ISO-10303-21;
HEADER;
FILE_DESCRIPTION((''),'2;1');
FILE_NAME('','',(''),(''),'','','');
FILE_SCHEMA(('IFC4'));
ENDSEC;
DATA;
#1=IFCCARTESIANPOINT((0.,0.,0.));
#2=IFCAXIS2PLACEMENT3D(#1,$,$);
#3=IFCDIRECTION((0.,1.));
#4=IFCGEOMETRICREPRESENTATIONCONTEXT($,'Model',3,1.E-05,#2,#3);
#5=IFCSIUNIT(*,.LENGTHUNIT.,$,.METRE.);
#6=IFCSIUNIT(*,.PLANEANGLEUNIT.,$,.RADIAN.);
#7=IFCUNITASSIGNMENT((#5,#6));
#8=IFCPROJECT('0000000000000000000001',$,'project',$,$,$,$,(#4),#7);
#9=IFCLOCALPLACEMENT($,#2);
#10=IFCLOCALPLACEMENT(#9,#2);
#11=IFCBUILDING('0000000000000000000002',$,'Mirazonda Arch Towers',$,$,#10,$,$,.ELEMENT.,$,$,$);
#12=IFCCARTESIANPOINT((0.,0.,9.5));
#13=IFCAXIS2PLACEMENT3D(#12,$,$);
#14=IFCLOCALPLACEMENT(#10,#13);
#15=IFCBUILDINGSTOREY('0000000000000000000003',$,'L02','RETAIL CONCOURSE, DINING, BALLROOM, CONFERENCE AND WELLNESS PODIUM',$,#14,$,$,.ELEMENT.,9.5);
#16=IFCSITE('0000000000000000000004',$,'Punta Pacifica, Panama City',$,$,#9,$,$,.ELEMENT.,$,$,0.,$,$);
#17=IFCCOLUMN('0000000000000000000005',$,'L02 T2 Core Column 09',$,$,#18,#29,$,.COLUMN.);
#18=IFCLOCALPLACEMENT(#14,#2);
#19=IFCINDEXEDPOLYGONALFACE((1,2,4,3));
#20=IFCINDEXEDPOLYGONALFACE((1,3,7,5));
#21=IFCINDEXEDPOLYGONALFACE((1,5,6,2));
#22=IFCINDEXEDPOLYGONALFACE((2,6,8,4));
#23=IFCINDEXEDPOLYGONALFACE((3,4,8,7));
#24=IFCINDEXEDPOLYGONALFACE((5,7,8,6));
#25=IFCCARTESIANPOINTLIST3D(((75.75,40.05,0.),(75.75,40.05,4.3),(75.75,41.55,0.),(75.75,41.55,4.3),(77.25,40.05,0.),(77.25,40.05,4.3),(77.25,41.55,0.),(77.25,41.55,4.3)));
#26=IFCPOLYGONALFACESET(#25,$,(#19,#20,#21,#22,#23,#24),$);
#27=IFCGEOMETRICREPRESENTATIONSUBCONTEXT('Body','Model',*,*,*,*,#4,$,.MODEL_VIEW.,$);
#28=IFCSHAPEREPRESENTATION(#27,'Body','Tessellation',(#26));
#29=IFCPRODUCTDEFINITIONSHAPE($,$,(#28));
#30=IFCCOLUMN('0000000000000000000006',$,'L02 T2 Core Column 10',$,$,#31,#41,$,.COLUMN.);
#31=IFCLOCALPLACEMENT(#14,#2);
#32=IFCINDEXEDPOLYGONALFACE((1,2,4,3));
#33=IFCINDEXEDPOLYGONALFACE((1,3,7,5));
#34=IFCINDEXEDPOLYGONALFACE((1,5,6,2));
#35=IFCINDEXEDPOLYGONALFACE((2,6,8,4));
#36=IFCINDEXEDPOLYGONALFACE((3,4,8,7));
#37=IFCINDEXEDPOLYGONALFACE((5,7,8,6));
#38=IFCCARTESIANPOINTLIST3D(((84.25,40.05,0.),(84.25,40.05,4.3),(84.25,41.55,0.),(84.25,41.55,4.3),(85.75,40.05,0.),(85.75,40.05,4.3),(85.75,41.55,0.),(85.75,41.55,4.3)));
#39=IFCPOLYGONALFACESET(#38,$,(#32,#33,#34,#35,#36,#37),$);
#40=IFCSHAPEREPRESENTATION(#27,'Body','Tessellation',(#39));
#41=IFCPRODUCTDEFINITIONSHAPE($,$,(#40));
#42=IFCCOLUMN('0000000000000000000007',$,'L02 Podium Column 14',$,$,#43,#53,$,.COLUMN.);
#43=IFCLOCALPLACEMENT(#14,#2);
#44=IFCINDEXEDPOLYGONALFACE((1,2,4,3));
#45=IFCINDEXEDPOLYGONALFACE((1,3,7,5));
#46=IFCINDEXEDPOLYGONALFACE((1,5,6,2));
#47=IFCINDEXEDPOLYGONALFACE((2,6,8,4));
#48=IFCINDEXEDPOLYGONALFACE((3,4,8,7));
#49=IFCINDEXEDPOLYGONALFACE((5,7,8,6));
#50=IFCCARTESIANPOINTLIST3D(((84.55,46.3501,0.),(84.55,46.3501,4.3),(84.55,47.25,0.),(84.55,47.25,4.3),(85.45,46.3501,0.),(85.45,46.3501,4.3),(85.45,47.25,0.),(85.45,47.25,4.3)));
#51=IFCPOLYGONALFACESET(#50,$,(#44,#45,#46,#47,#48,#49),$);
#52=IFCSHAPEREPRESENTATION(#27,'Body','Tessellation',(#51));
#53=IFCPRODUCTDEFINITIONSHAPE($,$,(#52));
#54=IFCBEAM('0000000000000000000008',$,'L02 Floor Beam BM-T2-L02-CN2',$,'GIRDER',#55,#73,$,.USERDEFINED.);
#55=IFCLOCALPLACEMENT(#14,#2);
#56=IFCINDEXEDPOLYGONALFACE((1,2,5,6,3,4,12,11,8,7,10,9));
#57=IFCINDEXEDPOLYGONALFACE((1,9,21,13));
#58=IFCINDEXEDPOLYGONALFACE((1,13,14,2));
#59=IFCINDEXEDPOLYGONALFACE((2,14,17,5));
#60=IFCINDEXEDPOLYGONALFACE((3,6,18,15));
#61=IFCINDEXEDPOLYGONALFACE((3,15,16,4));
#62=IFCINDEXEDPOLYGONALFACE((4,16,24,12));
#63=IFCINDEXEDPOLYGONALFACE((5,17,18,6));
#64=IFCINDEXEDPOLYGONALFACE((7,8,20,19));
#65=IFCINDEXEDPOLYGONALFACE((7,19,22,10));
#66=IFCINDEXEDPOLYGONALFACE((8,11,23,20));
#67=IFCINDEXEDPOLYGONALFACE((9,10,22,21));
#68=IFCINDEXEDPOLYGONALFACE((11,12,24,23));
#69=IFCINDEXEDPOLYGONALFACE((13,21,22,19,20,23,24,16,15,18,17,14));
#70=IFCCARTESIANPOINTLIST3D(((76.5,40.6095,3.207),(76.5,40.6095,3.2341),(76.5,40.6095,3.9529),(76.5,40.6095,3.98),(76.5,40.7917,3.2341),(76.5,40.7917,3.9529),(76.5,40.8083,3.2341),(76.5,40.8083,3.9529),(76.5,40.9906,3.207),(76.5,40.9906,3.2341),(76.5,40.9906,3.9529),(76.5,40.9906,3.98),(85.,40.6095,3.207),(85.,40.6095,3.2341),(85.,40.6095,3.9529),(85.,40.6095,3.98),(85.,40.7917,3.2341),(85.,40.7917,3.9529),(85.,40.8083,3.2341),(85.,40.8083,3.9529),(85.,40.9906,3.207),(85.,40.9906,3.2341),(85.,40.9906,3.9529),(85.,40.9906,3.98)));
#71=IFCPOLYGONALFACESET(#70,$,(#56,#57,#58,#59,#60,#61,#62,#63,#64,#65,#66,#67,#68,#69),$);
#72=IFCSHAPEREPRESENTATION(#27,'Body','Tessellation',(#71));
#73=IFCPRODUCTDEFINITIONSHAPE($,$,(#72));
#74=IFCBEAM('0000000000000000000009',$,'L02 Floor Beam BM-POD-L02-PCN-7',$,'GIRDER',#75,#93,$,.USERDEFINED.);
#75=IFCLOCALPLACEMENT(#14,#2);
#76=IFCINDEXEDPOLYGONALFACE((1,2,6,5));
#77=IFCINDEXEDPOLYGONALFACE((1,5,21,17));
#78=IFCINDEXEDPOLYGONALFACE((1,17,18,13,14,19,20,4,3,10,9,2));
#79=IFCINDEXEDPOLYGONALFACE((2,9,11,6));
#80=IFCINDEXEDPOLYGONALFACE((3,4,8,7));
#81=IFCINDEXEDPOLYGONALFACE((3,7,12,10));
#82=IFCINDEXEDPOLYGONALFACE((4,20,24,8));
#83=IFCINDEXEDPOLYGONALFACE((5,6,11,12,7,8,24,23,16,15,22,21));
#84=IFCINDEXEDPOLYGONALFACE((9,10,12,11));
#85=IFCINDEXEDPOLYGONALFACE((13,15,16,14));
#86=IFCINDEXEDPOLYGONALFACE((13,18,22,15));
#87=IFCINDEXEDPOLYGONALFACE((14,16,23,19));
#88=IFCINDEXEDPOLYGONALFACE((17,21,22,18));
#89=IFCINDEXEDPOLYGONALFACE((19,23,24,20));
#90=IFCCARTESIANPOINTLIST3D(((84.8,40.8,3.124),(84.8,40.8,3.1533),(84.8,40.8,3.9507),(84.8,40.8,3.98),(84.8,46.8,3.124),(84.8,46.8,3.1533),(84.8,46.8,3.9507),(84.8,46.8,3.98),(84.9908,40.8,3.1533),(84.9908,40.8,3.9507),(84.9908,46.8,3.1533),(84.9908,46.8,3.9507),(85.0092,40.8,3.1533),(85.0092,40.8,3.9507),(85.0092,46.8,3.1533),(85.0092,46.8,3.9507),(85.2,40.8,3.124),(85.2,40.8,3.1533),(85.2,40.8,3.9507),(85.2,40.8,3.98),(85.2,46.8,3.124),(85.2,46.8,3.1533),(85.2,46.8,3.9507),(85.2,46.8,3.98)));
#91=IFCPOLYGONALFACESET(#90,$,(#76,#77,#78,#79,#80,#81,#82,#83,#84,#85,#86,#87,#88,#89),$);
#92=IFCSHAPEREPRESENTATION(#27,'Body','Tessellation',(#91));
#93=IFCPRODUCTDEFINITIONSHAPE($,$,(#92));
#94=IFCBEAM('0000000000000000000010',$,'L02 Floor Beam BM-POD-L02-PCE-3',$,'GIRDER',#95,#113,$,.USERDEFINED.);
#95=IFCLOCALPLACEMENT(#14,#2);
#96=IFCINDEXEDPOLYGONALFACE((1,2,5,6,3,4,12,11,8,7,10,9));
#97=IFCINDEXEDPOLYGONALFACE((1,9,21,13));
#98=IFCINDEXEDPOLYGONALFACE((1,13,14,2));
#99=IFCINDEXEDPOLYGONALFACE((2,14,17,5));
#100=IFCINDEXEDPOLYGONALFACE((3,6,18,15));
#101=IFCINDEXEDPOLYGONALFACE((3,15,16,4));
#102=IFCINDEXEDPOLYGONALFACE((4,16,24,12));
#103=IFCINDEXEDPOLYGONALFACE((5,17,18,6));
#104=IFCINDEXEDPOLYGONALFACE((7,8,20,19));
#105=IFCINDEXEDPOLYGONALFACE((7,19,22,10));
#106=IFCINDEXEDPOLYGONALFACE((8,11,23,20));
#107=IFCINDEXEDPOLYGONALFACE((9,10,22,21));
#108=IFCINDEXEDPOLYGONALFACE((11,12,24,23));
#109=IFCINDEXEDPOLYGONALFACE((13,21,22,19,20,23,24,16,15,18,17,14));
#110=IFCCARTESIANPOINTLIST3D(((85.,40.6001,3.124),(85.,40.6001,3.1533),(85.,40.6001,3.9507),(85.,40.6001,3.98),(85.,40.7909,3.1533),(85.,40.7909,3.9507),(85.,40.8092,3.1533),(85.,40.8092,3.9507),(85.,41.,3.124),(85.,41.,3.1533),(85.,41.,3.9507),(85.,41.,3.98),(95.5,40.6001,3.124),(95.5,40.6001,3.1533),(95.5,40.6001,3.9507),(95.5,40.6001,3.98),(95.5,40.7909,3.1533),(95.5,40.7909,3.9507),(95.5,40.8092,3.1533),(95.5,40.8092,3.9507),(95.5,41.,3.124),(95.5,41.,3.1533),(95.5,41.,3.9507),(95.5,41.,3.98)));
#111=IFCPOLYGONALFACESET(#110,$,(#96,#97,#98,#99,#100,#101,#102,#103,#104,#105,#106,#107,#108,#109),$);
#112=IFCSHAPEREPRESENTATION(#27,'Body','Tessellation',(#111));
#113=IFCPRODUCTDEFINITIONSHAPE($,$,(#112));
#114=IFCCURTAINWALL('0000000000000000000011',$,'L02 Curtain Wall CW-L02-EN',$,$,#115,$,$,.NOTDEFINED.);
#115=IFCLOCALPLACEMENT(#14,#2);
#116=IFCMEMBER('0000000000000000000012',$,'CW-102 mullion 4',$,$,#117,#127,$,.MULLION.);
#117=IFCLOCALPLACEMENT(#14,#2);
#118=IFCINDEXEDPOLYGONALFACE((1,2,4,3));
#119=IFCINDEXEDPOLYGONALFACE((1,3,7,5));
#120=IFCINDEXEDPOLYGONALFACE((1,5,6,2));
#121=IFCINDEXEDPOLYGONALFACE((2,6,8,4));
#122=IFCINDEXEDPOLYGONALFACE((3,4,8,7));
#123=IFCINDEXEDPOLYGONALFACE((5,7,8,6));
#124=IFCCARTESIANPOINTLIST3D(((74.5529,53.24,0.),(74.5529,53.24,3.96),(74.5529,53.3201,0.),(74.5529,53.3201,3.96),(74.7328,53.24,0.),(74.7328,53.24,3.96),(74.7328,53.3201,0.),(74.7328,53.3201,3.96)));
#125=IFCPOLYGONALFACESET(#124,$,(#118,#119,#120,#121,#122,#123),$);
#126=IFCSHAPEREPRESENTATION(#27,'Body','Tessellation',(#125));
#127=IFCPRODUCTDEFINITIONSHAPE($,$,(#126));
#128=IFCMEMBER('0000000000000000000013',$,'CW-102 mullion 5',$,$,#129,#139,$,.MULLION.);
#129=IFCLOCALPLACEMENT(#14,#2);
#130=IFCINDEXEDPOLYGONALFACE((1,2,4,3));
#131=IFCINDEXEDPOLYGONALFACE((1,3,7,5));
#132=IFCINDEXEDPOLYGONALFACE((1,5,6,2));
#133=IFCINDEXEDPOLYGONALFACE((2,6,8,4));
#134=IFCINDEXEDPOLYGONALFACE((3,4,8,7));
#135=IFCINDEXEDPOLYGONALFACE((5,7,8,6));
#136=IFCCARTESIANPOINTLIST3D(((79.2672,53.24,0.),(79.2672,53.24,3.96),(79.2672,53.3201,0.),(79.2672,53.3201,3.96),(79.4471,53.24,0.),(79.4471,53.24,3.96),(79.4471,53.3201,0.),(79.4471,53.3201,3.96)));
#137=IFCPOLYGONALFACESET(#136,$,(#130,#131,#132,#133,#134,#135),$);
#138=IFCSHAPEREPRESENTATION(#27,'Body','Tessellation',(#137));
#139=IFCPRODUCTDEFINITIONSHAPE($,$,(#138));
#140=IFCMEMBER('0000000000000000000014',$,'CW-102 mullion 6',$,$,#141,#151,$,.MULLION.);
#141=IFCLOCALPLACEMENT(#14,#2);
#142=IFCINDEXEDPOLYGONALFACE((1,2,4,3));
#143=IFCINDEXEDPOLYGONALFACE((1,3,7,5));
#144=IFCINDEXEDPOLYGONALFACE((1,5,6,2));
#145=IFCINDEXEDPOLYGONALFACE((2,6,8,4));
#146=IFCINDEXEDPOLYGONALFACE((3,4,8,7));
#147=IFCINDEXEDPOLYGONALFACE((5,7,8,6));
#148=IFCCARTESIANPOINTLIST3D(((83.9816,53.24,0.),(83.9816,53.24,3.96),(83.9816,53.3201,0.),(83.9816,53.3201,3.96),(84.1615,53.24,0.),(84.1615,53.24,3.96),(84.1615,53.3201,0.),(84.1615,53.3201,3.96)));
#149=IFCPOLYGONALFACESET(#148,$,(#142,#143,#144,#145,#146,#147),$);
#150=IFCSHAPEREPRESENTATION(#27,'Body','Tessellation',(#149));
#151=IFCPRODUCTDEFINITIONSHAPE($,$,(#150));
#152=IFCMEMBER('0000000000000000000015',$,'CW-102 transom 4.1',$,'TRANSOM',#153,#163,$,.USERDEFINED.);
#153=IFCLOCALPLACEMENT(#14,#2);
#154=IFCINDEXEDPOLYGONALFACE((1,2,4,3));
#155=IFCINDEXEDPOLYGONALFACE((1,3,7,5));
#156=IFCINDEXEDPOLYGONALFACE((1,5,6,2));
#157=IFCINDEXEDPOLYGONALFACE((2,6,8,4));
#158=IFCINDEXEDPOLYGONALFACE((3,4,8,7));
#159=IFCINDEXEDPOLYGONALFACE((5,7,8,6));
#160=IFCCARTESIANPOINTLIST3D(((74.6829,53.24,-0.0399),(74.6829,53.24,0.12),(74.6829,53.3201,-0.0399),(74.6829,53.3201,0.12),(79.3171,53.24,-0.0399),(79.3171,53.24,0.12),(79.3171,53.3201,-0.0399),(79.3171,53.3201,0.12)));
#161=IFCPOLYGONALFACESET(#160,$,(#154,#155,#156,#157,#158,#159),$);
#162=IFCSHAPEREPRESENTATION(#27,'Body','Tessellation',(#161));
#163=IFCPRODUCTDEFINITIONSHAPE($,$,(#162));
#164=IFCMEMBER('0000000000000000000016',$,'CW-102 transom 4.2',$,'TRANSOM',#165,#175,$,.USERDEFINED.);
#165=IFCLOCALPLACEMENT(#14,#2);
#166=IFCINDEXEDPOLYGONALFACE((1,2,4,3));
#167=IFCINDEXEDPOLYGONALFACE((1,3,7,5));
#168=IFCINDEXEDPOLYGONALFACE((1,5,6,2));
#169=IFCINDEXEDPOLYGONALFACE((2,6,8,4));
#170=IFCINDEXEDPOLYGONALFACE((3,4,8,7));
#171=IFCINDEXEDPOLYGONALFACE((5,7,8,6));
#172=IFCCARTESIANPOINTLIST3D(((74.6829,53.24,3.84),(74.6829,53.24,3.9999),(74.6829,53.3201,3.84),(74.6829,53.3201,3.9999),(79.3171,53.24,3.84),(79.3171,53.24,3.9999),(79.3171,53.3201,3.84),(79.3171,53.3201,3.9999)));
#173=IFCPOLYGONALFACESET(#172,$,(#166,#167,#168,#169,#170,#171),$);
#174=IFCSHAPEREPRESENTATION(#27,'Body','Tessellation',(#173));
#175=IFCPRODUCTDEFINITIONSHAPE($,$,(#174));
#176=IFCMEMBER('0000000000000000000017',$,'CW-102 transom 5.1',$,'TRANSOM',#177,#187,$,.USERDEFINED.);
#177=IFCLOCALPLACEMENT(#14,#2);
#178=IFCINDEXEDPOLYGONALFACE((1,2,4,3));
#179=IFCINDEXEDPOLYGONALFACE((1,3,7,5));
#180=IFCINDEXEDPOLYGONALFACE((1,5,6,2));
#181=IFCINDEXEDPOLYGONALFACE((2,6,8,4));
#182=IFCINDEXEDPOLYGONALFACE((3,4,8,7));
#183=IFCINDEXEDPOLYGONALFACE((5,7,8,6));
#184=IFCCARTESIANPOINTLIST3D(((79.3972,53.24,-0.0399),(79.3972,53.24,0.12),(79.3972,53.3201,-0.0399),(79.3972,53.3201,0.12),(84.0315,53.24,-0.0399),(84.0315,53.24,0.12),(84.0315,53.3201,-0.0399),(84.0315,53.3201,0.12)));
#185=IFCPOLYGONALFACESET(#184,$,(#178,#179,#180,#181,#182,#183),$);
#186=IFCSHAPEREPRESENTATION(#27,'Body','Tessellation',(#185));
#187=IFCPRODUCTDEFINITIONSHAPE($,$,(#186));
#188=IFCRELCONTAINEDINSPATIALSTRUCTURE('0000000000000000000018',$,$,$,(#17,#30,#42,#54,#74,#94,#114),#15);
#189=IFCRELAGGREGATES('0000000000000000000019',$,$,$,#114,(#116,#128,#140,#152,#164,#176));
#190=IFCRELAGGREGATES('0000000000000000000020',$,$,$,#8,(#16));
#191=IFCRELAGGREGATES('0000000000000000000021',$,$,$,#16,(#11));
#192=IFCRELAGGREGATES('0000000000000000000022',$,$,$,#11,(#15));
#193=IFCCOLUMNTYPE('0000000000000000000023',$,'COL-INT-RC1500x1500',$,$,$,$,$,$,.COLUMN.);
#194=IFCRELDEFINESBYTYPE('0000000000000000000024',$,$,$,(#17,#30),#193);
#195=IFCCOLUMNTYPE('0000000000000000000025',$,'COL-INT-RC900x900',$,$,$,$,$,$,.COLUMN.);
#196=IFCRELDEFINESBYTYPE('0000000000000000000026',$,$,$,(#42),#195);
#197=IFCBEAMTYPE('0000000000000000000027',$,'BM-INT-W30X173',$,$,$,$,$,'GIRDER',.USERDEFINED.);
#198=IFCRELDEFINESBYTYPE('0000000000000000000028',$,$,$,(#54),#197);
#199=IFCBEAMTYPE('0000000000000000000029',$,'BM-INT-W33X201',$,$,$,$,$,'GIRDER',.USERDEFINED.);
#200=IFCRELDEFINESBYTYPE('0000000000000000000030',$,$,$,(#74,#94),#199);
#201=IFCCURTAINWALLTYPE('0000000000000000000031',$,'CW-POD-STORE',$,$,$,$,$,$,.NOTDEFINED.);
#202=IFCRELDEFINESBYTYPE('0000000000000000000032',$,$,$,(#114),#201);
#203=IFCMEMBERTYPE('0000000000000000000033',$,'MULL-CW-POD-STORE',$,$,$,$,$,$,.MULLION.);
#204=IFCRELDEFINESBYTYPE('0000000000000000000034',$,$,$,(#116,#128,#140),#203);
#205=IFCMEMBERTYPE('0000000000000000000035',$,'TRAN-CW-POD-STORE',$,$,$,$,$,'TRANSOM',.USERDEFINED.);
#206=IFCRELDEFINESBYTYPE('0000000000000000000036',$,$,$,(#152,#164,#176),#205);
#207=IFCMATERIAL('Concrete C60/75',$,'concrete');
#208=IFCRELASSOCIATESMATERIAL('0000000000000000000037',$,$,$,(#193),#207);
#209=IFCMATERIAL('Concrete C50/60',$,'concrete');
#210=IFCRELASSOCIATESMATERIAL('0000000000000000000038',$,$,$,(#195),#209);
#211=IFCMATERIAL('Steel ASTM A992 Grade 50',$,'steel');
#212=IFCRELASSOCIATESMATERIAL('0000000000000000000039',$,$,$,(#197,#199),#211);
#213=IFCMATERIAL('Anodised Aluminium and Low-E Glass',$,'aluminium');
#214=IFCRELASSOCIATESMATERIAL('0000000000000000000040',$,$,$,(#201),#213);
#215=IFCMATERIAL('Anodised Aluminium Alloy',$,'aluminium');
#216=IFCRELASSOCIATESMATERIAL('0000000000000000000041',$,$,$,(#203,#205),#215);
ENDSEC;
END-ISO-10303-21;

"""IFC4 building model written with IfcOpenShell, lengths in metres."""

from ifc_helpers import new_model, si_unit, direction, frame, origin, origin_2d, place, context, subcontext, project, spatial, rectangle, i_section, extrude, material, material_profile, profile_set, type_object, element, aggregate, save


model = new_model("IFC4")

# Units and contexts
model_context = context("Model", 3, precision=1e-05, world=origin(), true_north=direction((0.0, 1.0)))
body_context = subcontext(model_context, "Body", "Model", "MODEL_VIEW")
ifc_project = project(units=[si_unit("LENGTHUNIT", "METRE"), si_unit("PLANEANGLEUNIT", "RADIAN")], contexts=[model_context])

# Site, building, storey
site_placement = place(None, origin())
site = spatial("IfcSite", under=ifc_project, at=site_placement, Name="Punta Pacifica, Panama City", CompositionType="ELEMENT", RefElevation=0.0)
building_placement = place(site_placement, origin())
building = spatial("IfcBuilding", under=site, at=building_placement, Name="Mirazonda Arch Towers", CompositionType="ELEMENT")
storey_placement = place(building_placement, frame((0.0, 0.0, 9.5)))
storey = spatial("IfcBuildingStorey", under=building, at=storey_placement, Name="L02", Description="RETAIL CONCOURSE, DINING, BALLROOM, CONFERENCE AND WELLNESS PODIUM", CompositionType="ELEMENT", Elevation=9.5)

# Columns
ifc_material_1 = material(Name="Concrete C60/75", Category="concrete")
ifc_material_profile_1 = material_profile(ifc_material_1, rectangle(XDim=1.5, YDim=1.5, at=origin_2d()), Name="RC1500x1500")
ifc_profile_set_1 = profile_set([ifc_material_profile_1], Name="Concrete C60/75")
column_type_1 = type_object("IfcColumnType", Name="COL-INT-RC1500x1500", PredefinedType="COLUMN", material=ifc_profile_set_1)
for number, where, z_axis, x_axis, name in (
    (1, (76.5, 40.8, 0.0), (0.0, 0.0, 1.0), (1.0, 0.0, 0.0), "L02 T2 Core Column 09"),
    (2, (85.0, 40.8, 0.0), (0.0, 0.0, 1.0), (1.0, 0.0, 0.0), "L02 T2 Core Column 10"),
):
    element("IfcColumn", number, at=place(storey_placement, frame(where, z_axis=z_axis, x_axis=x_axis)), inside=storey, type_object=column_type_1, Name=name, PredefinedType="COLUMN", context=body_context, shape_type="SweptSolid", body=[
        extrude(rectangle(XDim=1.5, YDim=1.5, at=origin_2d()), origin(), (0.0, 0.0, 1.0), 4.3),
    ])
ifc_material_2 = material(Name="Concrete C50/60", Category="concrete")
ifc_material_profile_2 = material_profile(ifc_material_2, rectangle(XDim=0.8999, YDim=0.8999, at=origin_2d()), Name="RC900x900")
ifc_profile_set_2 = profile_set([ifc_material_profile_2], Name="Concrete C50/60")
column_type_2 = type_object("IfcColumnType", Name="COL-INT-RC900x900", PredefinedType="COLUMN", material=ifc_profile_set_2)
column_placement = place(storey_placement, frame((85.0, 46.8, 0.0), z_axis=(0.0, 0.0, 1.0), x_axis=(1.0, 0.0, 0.0)))
element("IfcColumn", 3, at=column_placement, inside=storey, type_object=column_type_2, Name="L02 Podium Column 14", PredefinedType="COLUMN", context=body_context, shape_type="SweptSolid", body=[
    extrude(rectangle(XDim=0.8999, YDim=0.8999, at=origin_2d()), origin(), (0.0, 0.0, 1.0), 4.3),
])

# Beams
ifc_material_3 = material(Name="Steel ASTM A992 Grade 50", Category="steel")
ifc_material_profile_3 = material_profile(ifc_material_3, i_section(OverallWidth=0.3811, OverallDepth=0.7729, WebThickness=0.0166, FlangeThickness=0.0271, at=origin_2d()), Name="W30X173")
ifc_profile_set_3 = profile_set([ifc_material_profile_3], Name="Steel ASTM A992 Grade 50")
beam_type_1 = type_object("IfcBeamType", Name="BM-INT-W30X173", ElementType="GIRDER", PredefinedType="USERDEFINED", material=ifc_profile_set_3)
beam_1_placement = place(storey_placement, frame((76.5, 40.8, 3.5935), z_axis=(1.0, 0.0, 0.0), x_axis=(0.0, 1.0, 0.0)))
element("IfcBeam", 4, at=beam_1_placement, inside=storey, type_object=beam_type_1, Name="L02 Floor Beam BM-T2-L02-CN2", ObjectType="GIRDER", PredefinedType="USERDEFINED", context=body_context, shape_type="SweptSolid", body=[
    extrude(i_section(OverallWidth=0.3811, OverallDepth=0.7729, WebThickness=0.0166, FlangeThickness=0.0271, at=origin_2d()), origin(), (0.0, 0.0, 1.0), 8.5),
])
ifc_material_profile_4 = material_profile(ifc_material_3, i_section(OverallWidth=0.3999, OverallDepth=0.856, WebThickness=0.0183, FlangeThickness=0.0293, at=origin_2d()), Name="W33X201")
ifc_profile_set_4 = profile_set([ifc_material_profile_4], Name="Steel ASTM A992 Grade 50")
beam_type_2 = type_object("IfcBeamType", Name="BM-INT-W33X201", ElementType="GIRDER", PredefinedType="USERDEFINED", material=ifc_profile_set_4)
beam_2_placement = place(storey_placement, frame((85.0, 40.8, 3.552), z_axis=(0.0, 1.0, 0.0), x_axis=(-1.0, 0.0, 0.0)))
element("IfcBeam", 5, at=beam_2_placement, inside=storey, type_object=beam_type_2, Name="L02 Floor Beam BM-POD-L02-PCN-7", ObjectType="GIRDER", PredefinedType="USERDEFINED", context=body_context, shape_type="SweptSolid", body=[
    extrude(i_section(OverallWidth=0.3999, OverallDepth=0.856, WebThickness=0.0183, FlangeThickness=0.0293, at=origin_2d()), origin(), (0.0, 0.0, 1.0), 6.0),
])
beam_3_placement = place(storey_placement, frame((85.0, 40.8, 3.552), z_axis=(1.0, 0.0, 0.0), x_axis=(0.0, 1.0, 0.0)))
element("IfcBeam", 6, at=beam_3_placement, inside=storey, type_object=beam_type_2, Name="L02 Floor Beam BM-POD-L02-PCE-3", ObjectType="GIRDER", PredefinedType="USERDEFINED", context=body_context, shape_type="SweptSolid", body=[
    extrude(i_section(OverallWidth=0.3999, OverallDepth=0.856, WebThickness=0.0183, FlangeThickness=0.0293, at=origin_2d()), origin(), (0.0, 0.0, 1.0), 10.5),
])

# Curtain wall, members
ifc_material_4 = material(Name="Anodised Aluminium and Low-E Glass", Category="aluminium")
curtain_wall_type = type_object("IfcCurtainWallType", Name="CW-POD-STORE", PredefinedType="NOTDEFINED", material=ifc_material_4)
curtain_wall_placement = place(storey_placement, origin())
curtain_wall = element("IfcCurtainWall", 7, at=curtain_wall_placement, inside=storey, type_object=curtain_wall_type, Name="L02 Curtain Wall CW-L02-EN", PredefinedType="NOTDEFINED")
ifc_material_5 = material(Name="Anodised Aluminium Alloy", Category="aluminium")
ifc_material_profile_5 = material_profile(ifc_material_5, rectangle(XDim=0.0801, YDim=0.1799, at=origin_2d()), Name="ALU-MULL-80x180")
ifc_profile_set_5 = profile_set([ifc_material_profile_5], Name="Anodised Aluminium Alloy")
member_type_1 = type_object("IfcMemberType", Name="MULL-CW-POD-STORE", PredefinedType="MULLION", material=ifc_profile_set_5)
member_1_placement = place(storey_placement, frame((74.6428, 53.28, 0.0), z_axis=(0.0, 0.0, 1.0), x_axis=(0.0, 1.0, 0.0)))
member_1 = element("IfcMember", 8, at=member_1_placement, type_object=member_type_1, Name="CW-102 mullion 4", PredefinedType="MULLION", context=body_context, shape_type="SweptSolid", body=[
    extrude(rectangle(XDim=0.0801, YDim=0.1799, at=origin_2d()), origin(), (0.0, 0.0, 1.0), 3.96),
])
member_2_placement = place(storey_placement, frame((79.3572, 53.28, 0.0), z_axis=(0.0, 0.0, 1.0), x_axis=(0.0, 1.0, 0.0)))
member_2 = element("IfcMember", 9, at=member_2_placement, type_object=member_type_1, Name="CW-102 mullion 5", PredefinedType="MULLION", context=body_context, shape_type="SweptSolid", body=[
    extrude(rectangle(XDim=0.0801, YDim=0.1799, at=origin_2d()), origin(), (0.0, 0.0, 1.0), 3.96),
])
member_3_placement = place(storey_placement, frame((84.0715, 53.28, 0.0), z_axis=(0.0, 0.0, 1.0), x_axis=(0.0, 1.0, 0.0)))
member_3 = element("IfcMember", 10, at=member_3_placement, type_object=member_type_1, Name="CW-102 mullion 6", PredefinedType="MULLION", context=body_context, shape_type="SweptSolid", body=[
    extrude(rectangle(XDim=0.0801, YDim=0.1799, at=origin_2d()), origin(), (0.0, 0.0, 1.0), 3.96),
])
ifc_material_profile_6 = material_profile(ifc_material_5, rectangle(XDim=0.0801, YDim=0.1599, at=origin_2d()), Name="ALU-TRAN-80x160")
ifc_profile_set_6 = profile_set([ifc_material_profile_6], Name="Anodised Aluminium Alloy")
member_type_2 = type_object("IfcMemberType", Name="TRAN-CW-POD-STORE", ElementType="TRANSOM", PredefinedType="USERDEFINED", material=ifc_profile_set_6)
member_4_placement = place(storey_placement, frame((74.6829, 53.28, 0.04), z_axis=(1.0, 0.0, 0.0), x_axis=(0.0, 1.0, 0.0)))
member_4 = element("IfcMember", 11, at=member_4_placement, type_object=member_type_2, Name="CW-102 transom 4.1", ObjectType="TRANSOM", PredefinedType="USERDEFINED", context=body_context, shape_type="SweptSolid", body=[
    extrude(rectangle(XDim=0.0801, YDim=0.1599, at=origin_2d()), origin(), (0.0, 0.0, 1.0), 4.6343),
])
member_5_placement = place(storey_placement, frame((74.6829, 53.28, 3.9199), z_axis=(1.0, 0.0, 0.0), x_axis=(0.0, 1.0, 0.0)))
member_5 = element("IfcMember", 12, at=member_5_placement, type_object=member_type_2, Name="CW-102 transom 4.2", ObjectType="TRANSOM", PredefinedType="USERDEFINED", context=body_context, shape_type="SweptSolid", body=[
    extrude(rectangle(XDim=0.0801, YDim=0.1599, at=origin_2d()), origin(), (0.0, 0.0, 1.0), 4.6343),
])
member_6_placement = place(storey_placement, frame((79.3972, 53.28, 0.04), z_axis=(1.0, 0.0, 0.0), x_axis=(0.0, 1.0, 0.0)))
member_6 = element("IfcMember", 13, at=member_6_placement, type_object=member_type_2, Name="CW-102 transom 5.1", ObjectType="TRANSOM", PredefinedType="USERDEFINED", context=body_context, shape_type="SweptSolid", body=[
    extrude(rectangle(XDim=0.0801, YDim=0.1599, at=origin_2d()), origin(), (0.0, 0.0, 1.0), 4.6343),
])
aggregate(curtain_wall, [member_1, member_2, member_3, member_4, member_5, member_6])

save(model, "model.ifc")
